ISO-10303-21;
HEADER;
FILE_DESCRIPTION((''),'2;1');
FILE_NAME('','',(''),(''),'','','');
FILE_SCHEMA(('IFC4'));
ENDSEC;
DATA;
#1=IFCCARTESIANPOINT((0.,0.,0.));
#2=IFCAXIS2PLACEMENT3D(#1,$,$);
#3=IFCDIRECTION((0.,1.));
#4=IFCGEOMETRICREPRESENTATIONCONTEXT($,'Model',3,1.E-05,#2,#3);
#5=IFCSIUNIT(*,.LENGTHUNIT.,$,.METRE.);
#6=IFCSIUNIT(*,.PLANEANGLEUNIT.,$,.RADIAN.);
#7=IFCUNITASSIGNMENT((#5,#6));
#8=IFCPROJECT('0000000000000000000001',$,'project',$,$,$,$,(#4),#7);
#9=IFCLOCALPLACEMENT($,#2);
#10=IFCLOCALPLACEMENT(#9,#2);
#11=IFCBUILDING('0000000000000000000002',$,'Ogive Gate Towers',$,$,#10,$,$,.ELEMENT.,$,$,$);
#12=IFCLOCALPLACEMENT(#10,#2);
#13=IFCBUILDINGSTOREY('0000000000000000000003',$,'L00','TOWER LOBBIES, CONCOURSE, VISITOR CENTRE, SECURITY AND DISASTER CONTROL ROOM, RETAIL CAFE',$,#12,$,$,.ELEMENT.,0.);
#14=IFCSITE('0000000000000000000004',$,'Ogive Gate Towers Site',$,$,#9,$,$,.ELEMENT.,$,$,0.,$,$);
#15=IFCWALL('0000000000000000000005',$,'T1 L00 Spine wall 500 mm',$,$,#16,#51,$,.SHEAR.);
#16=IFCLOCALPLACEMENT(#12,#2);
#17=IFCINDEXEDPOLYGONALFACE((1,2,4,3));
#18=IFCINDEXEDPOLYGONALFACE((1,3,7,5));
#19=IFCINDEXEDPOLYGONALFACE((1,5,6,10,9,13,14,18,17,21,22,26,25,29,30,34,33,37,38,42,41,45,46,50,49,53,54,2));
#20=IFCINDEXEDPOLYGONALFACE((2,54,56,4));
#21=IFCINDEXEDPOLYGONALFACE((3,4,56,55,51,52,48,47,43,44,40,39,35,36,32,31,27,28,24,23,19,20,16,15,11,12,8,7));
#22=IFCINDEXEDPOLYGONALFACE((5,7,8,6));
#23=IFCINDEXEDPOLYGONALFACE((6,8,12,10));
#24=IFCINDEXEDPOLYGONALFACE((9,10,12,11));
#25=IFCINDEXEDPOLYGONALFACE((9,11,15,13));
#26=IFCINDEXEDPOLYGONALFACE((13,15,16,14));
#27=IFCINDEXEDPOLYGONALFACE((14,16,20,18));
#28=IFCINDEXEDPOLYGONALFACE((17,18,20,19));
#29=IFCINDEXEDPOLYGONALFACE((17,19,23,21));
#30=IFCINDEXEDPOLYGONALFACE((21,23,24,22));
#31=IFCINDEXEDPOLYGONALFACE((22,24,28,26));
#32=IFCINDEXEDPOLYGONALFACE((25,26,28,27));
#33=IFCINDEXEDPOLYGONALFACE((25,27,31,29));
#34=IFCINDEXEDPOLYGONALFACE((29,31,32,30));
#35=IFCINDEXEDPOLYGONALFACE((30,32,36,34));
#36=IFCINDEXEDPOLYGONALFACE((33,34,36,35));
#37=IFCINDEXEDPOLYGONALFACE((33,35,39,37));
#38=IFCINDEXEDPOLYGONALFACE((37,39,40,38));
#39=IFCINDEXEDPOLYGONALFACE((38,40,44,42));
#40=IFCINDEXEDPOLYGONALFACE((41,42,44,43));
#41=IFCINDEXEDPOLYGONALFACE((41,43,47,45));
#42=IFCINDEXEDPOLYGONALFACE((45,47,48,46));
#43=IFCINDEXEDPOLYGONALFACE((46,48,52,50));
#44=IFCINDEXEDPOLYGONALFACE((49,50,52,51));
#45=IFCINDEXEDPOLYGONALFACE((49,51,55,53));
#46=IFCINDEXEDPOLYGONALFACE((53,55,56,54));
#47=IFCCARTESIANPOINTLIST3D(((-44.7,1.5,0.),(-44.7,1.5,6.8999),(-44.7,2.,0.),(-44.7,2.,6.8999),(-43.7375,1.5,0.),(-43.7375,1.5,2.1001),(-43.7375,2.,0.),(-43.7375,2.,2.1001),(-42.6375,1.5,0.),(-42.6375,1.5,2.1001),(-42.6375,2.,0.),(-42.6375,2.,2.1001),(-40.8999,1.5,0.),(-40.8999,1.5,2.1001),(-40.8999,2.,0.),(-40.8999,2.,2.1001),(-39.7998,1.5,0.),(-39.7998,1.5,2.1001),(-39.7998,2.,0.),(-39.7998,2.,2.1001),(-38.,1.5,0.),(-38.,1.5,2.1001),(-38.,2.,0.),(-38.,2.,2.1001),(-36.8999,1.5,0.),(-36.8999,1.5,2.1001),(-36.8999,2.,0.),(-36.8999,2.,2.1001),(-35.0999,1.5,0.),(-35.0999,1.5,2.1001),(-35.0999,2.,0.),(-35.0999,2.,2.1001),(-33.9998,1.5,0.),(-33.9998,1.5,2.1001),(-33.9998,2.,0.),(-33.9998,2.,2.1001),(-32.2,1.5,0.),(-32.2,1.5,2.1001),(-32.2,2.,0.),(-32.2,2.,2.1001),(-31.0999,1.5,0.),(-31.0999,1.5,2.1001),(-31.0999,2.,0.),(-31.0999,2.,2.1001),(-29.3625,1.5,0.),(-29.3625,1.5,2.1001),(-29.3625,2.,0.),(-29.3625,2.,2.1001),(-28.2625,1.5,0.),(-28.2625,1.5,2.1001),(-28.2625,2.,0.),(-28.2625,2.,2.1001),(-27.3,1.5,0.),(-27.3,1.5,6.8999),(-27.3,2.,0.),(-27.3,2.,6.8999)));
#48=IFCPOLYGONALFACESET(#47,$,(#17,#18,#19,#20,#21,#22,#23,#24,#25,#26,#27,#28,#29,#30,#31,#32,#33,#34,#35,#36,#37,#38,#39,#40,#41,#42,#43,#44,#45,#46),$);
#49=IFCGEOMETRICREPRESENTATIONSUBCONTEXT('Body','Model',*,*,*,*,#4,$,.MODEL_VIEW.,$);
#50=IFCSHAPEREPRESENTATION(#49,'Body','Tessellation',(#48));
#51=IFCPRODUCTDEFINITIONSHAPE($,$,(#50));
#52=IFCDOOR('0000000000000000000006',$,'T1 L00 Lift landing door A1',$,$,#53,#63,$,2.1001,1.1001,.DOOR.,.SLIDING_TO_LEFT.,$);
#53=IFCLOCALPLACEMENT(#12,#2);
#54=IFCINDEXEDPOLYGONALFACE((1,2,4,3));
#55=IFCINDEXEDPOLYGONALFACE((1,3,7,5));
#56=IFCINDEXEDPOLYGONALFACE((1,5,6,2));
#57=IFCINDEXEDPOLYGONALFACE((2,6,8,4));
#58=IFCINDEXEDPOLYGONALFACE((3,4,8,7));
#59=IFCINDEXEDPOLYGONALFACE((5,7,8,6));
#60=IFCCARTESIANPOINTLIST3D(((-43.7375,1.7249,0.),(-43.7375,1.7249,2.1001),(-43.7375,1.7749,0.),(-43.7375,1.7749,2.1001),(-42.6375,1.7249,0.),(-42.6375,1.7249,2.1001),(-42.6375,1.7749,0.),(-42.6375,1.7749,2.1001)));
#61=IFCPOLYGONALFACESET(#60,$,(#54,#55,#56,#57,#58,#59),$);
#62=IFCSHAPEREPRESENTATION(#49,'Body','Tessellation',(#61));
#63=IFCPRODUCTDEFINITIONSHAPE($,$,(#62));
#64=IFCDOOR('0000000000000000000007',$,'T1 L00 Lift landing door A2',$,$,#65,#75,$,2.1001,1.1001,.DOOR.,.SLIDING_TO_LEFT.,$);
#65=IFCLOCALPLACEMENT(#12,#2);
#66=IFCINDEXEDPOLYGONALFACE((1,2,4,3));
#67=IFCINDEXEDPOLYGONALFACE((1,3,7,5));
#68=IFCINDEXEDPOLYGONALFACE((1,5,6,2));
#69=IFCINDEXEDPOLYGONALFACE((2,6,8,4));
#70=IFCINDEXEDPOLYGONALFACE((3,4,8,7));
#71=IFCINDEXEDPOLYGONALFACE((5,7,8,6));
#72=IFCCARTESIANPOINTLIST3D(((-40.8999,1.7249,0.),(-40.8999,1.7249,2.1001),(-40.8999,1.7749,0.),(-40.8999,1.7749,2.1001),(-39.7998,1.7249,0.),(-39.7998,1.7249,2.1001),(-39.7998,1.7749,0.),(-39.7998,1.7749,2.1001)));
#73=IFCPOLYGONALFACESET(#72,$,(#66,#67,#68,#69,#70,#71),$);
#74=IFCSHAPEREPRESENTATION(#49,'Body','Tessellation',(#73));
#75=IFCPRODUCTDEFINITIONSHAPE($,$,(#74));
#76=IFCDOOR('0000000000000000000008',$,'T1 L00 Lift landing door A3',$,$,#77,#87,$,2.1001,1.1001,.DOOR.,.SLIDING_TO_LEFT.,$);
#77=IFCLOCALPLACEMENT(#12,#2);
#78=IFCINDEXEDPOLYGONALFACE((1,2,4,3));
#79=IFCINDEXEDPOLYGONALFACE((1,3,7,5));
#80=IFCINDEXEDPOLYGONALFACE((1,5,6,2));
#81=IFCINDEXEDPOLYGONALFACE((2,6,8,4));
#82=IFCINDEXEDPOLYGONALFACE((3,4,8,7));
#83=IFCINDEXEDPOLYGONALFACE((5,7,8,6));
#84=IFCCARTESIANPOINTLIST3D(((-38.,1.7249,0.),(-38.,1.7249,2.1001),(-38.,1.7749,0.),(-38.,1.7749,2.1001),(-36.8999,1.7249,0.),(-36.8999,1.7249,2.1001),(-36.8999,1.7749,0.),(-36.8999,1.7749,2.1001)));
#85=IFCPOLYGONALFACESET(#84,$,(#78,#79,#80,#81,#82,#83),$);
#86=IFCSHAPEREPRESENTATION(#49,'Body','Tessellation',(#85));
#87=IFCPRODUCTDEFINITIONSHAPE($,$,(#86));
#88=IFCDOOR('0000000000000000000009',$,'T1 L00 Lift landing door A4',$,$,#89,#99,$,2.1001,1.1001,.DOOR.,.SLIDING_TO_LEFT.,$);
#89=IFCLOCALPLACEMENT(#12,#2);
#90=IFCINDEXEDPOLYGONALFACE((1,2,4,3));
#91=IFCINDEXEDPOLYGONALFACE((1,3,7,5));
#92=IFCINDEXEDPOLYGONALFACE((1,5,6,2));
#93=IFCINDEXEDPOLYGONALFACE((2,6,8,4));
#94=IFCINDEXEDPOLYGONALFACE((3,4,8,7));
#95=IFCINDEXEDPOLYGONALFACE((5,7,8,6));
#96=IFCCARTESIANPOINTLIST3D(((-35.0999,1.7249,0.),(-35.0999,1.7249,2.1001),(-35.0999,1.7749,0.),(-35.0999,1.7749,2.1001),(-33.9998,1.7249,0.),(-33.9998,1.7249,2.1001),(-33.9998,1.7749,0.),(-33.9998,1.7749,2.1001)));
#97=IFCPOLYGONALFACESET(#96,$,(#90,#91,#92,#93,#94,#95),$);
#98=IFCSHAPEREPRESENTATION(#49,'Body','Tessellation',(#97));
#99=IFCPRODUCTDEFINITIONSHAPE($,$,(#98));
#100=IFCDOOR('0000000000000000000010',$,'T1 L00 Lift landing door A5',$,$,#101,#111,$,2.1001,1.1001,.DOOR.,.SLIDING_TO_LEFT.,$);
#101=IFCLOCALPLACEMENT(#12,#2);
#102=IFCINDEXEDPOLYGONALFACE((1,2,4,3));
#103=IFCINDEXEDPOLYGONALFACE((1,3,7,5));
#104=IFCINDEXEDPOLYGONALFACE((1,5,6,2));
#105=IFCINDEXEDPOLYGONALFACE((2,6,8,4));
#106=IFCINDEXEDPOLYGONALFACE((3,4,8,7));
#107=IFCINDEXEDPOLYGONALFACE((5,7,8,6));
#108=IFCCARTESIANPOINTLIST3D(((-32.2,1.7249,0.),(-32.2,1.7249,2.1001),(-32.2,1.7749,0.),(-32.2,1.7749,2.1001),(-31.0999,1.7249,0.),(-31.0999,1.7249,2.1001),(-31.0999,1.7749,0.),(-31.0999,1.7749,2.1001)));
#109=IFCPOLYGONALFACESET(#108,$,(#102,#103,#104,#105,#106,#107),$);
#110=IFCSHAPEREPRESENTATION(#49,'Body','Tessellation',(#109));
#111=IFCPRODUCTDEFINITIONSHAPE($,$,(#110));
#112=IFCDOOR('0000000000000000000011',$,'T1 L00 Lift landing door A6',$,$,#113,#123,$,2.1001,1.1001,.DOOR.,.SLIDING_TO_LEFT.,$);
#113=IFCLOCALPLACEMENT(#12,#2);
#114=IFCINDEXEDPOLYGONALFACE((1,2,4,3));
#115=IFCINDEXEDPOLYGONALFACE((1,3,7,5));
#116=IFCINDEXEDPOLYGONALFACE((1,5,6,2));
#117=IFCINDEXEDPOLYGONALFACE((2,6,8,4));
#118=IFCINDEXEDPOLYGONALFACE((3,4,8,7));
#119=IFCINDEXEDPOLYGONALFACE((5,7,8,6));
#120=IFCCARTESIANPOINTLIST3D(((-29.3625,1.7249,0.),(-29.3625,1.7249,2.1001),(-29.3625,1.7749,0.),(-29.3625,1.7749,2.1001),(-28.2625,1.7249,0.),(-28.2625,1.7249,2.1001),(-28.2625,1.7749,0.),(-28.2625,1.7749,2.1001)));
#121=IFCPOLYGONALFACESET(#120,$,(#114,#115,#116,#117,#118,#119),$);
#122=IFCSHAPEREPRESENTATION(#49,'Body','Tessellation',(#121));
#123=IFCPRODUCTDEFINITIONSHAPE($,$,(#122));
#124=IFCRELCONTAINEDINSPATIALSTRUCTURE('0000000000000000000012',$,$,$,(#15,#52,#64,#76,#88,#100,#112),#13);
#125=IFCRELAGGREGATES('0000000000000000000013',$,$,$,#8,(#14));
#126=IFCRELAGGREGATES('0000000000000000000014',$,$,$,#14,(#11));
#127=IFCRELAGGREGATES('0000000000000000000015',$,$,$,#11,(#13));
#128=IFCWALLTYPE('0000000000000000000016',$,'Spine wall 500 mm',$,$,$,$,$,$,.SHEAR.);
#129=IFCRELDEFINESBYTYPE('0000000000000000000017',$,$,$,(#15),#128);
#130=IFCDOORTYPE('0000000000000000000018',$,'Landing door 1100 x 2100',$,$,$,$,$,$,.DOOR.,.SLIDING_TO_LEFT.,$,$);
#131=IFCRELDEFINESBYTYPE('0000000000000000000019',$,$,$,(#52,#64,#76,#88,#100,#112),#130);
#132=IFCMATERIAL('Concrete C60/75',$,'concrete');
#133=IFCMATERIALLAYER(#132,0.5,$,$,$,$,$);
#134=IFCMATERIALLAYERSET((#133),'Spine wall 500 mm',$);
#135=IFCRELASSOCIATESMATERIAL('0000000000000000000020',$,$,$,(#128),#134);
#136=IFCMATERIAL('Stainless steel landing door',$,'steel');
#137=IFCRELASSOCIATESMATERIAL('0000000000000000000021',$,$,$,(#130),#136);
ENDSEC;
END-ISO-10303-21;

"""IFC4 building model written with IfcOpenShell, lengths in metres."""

from ifc_helpers import new_model, si_unit, direction, frame, frame_2d, origin, place, context, subcontext, project, spatial, rectangle, extrude, material, layer, layer_set, type_object, element, fill, save


model = new_model("IFC4")

# Units and contexts
model_context = context("Model", 3, precision=1e-05, world=origin(), true_north=direction((0.0, 1.0)))
body_context = subcontext(model_context, "Body", "Model", "MODEL_VIEW")
ifc_project = project(units=[si_unit("LENGTHUNIT", "METRE"), si_unit("PLANEANGLEUNIT", "RADIAN")], contexts=[model_context])

# Site, building, storey
site_placement = place(None, origin())
site = spatial("IfcSite", under=ifc_project, at=site_placement, Name="Ogive Gate Towers Site", CompositionType="ELEMENT", RefElevation=0.0)
building_placement = place(site_placement, origin())
building = spatial("IfcBuilding", under=site, at=building_placement, Name="Ogive Gate Towers", CompositionType="ELEMENT")
storey_placement = place(building_placement, origin())
storey = spatial("IfcBuildingStorey", under=building, at=storey_placement, Name="L00", Description="TOWER LOBBIES, CONCOURSE, VISITOR CENTRE, SECURITY AND DISASTER CONTROL ROOM, RETAIL CAFE", CompositionType="ELEMENT", Elevation=0.0)

# Shared definitions
ifc_material_1 = material(Name="Concrete C60/75", Category="concrete")

# Shared definitions
ifc_material_2 = material(Name="Stainless steel landing door", Category="steel")

# Wall, openings, doors
ifc_layer_1 = layer(ifc_material_1, 0.5)
ifc_layer_set_1 = layer_set([ifc_layer_1], Name="Spine wall 500 mm")
wall_type_1 = type_object("IfcWallType", Name="Spine wall 500 mm", PredefinedType="SHEAR", material=ifc_layer_set_1)
wall_1_placement = place(storey_placement, frame((-44.7, 1.75, 0.0), z_axis=(0.0, 0.0, 1.0), x_axis=(1.0, 0.0, 0.0)))
wall_1 = element("IfcWall", 1, at=wall_1_placement, inside=storey, type_object=wall_type_1, Name="T1 L00 Spine wall 500 mm", PredefinedType="SHEAR", context=body_context, shape_type="SweptSolid", body=[
    extrude(rectangle(XDim=17.3999, YDim=0.5, at=frame_2d((8.7, 0.0))), origin(), (0.0, 0.0, 1.0), 6.8999),
])
opening_1_placement = place(wall_1_placement, frame((0.9624, 0.0, 0.0)))
opening_1 = element("IfcOpeningElement", 2, at=opening_1_placement, cuts=wall_1, PredefinedType="OPENING", context=body_context, shape_type="SweptSolid", body=[
    extrude(rectangle(XDim=1.1001, YDim=2.1001, at=frame_2d((0.55, 1.05))), frame((0.0, 0.26, 0.0), z_axis=(0.0, -1.0, 0.0), x_axis=(1.0, 0.0, 0.0)), (0.0, 0.0, 1.0), 0.52),
])
opening_2_placement = place(wall_1_placement, frame((3.8, 0.0, 0.0)))
opening_2 = element("IfcOpeningElement", 3, at=opening_2_placement, cuts=wall_1, PredefinedType="OPENING", context=body_context, shape_type="SweptSolid", body=[
    extrude(rectangle(XDim=1.1001, YDim=2.1001, at=frame_2d((0.55, 1.05))), frame((0.0, 0.26, 0.0), z_axis=(0.0, -1.0, 0.0), x_axis=(1.0, 0.0, 0.0)), (0.0, 0.0, 1.0), 0.52),
])
opening_3_placement = place(wall_1_placement, frame((6.7, 0.0, 0.0)))
opening_3 = element("IfcOpeningElement", 4, at=opening_3_placement, cuts=wall_1, PredefinedType="OPENING", context=body_context, shape_type="SweptSolid", body=[
    extrude(rectangle(XDim=1.1001, YDim=2.1001, at=frame_2d((0.55, 1.05))), frame((0.0, 0.26, 0.0), z_axis=(0.0, -1.0, 0.0), x_axis=(1.0, 0.0, 0.0)), (0.0, 0.0, 1.0), 0.52),
])
opening_4_placement = place(wall_1_placement, frame((9.6001, 0.0, 0.0)))
opening_4 = element("IfcOpeningElement", 5, at=opening_4_placement, cuts=wall_1, PredefinedType="OPENING", context=body_context, shape_type="SweptSolid", body=[
    extrude(rectangle(XDim=1.1001, YDim=2.1001, at=frame_2d((0.55, 1.05))), frame((0.0, 0.26, 0.0), z_axis=(0.0, -1.0, 0.0), x_axis=(1.0, 0.0, 0.0)), (0.0, 0.0, 1.0), 0.52),
])
opening_5_placement = place(wall_1_placement, frame((12.5, 0.0, 0.0)))
opening_5 = element("IfcOpeningElement", 6, at=opening_5_placement, cuts=wall_1, PredefinedType="OPENING", context=body_context, shape_type="SweptSolid", body=[
    extrude(rectangle(XDim=1.1001, YDim=2.1001, at=frame_2d((0.55, 1.05))), frame((0.0, 0.26, 0.0), z_axis=(0.0, -1.0, 0.0), x_axis=(1.0, 0.0, 0.0)), (0.0, 0.0, 1.0), 0.52),
])
opening_6_placement = place(wall_1_placement, frame((15.3374, 0.0, 0.0)))
opening_6 = element("IfcOpeningElement", 7, at=opening_6_placement, cuts=wall_1, PredefinedType="OPENING", context=body_context, shape_type="SweptSolid", body=[
    extrude(rectangle(XDim=1.1001, YDim=2.1001, at=frame_2d((0.55, 1.05))), frame((0.0, 0.26, 0.0), z_axis=(0.0, -1.0, 0.0), x_axis=(1.0, 0.0, 0.0)), (0.0, 0.0, 1.0), 0.52),
])
door_type_1 = type_object("IfcDoorType", Name="Landing door 1100 x 2100", OperationType="SLIDING_TO_LEFT", PredefinedType="DOOR", material=ifc_material_2)
door_1_placement = place(opening_1_placement, origin())
door_1 = element("IfcDoor", 8, at=door_1_placement, inside=storey, type_object=door_type_1, Name="T1 L00 Lift landing door A1", OperationType="SLIDING_TO_LEFT", OverallHeight=2.1001, OverallWidth=1.1001, PredefinedType="DOOR", context=body_context, shape_type="SweptSolid", body=[
    extrude(rectangle(XDim=1.1001, YDim=2.1001, at=frame_2d((0.55, 1.05))), frame((0.0, 0.0249, 0.0), z_axis=(0.0, -1.0, 0.0), x_axis=(1.0, 0.0, 0.0)), (0.0, 0.0, 1.0), 0.05),
])
fill(opening_1, door_1)
door_2_placement = place(opening_2_placement, origin())
door_2 = element("IfcDoor", 9, at=door_2_placement, inside=storey, type_object=door_type_1, Name="T1 L00 Lift landing door A2", OperationType="SLIDING_TO_LEFT", OverallHeight=2.1001, OverallWidth=1.1001, PredefinedType="DOOR", context=body_context, shape_type="SweptSolid", body=[
    extrude(rectangle(XDim=1.1001, YDim=2.1001, at=frame_2d((0.55, 1.05))), frame((0.0, 0.0249, 0.0), z_axis=(0.0, -1.0, 0.0), x_axis=(1.0, 0.0, 0.0)), (0.0, 0.0, 1.0), 0.05),
])
fill(opening_2, door_2)
door_3_placement = place(opening_3_placement, origin())
door_3 = element("IfcDoor", 10, at=door_3_placement, inside=storey, type_object=door_type_1, Name="T1 L00 Lift landing door A3", OperationType="SLIDING_TO_LEFT", OverallHeight=2.1001, OverallWidth=1.1001, PredefinedType="DOOR", context=body_context, shape_type="SweptSolid", body=[
    extrude(rectangle(XDim=1.1001, YDim=2.1001, at=frame_2d((0.55, 1.05))), frame((0.0, 0.0249, 0.0), z_axis=(0.0, -1.0, 0.0), x_axis=(1.0, 0.0, 0.0)), (0.0, 0.0, 1.0), 0.05),
])
fill(opening_3, door_3)
door_4_placement = place(opening_4_placement, origin())
door_4 = element("IfcDoor", 11, at=door_4_placement, inside=storey, type_object=door_type_1, Name="T1 L00 Lift landing door A4", OperationType="SLIDING_TO_LEFT", OverallHeight=2.1001, OverallWidth=1.1001, PredefinedType="DOOR", context=body_context, shape_type="SweptSolid", body=[
    extrude(rectangle(XDim=1.1001, YDim=2.1001, at=frame_2d((0.55, 1.05))), frame((0.0, 0.0249, 0.0), z_axis=(0.0, -1.0, 0.0), x_axis=(1.0, 0.0, 0.0)), (0.0, 0.0, 1.0), 0.05),
])
fill(opening_4, door_4)
door_5_placement = place(opening_5_placement, origin())
door_5 = element("IfcDoor", 12, at=door_5_placement, inside=storey, type_object=door_type_1, Name="T1 L00 Lift landing door A5", OperationType="SLIDING_TO_LEFT", OverallHeight=2.1001, OverallWidth=1.1001, PredefinedType="DOOR", context=body_context, shape_type="SweptSolid", body=[
    extrude(rectangle(XDim=1.1001, YDim=2.1001, at=frame_2d((0.55, 1.05))), frame((0.0, 0.0249, 0.0), z_axis=(0.0, -1.0, 0.0), x_axis=(1.0, 0.0, 0.0)), (0.0, 0.0, 1.0), 0.05),
])
fill(opening_5, door_5)
door_6_placement = place(opening_6_placement, origin())
door_6 = element("IfcDoor", 13, at=door_6_placement, inside=storey, type_object=door_type_1, Name="T1 L00 Lift landing door A6", OperationType="SLIDING_TO_LEFT", OverallHeight=2.1001, OverallWidth=1.1001, PredefinedType="DOOR", context=body_context, shape_type="SweptSolid", body=[
    extrude(rectangle(XDim=1.1001, YDim=2.1001, at=frame_2d((0.55, 1.05))), frame((0.0, 0.0249, 0.0), z_axis=(0.0, -1.0, 0.0), x_axis=(1.0, 0.0, 0.0)), (0.0, 0.0, 1.0), 0.05),
])
fill(opening_6, door_6)

save(model, "model.ifc")
